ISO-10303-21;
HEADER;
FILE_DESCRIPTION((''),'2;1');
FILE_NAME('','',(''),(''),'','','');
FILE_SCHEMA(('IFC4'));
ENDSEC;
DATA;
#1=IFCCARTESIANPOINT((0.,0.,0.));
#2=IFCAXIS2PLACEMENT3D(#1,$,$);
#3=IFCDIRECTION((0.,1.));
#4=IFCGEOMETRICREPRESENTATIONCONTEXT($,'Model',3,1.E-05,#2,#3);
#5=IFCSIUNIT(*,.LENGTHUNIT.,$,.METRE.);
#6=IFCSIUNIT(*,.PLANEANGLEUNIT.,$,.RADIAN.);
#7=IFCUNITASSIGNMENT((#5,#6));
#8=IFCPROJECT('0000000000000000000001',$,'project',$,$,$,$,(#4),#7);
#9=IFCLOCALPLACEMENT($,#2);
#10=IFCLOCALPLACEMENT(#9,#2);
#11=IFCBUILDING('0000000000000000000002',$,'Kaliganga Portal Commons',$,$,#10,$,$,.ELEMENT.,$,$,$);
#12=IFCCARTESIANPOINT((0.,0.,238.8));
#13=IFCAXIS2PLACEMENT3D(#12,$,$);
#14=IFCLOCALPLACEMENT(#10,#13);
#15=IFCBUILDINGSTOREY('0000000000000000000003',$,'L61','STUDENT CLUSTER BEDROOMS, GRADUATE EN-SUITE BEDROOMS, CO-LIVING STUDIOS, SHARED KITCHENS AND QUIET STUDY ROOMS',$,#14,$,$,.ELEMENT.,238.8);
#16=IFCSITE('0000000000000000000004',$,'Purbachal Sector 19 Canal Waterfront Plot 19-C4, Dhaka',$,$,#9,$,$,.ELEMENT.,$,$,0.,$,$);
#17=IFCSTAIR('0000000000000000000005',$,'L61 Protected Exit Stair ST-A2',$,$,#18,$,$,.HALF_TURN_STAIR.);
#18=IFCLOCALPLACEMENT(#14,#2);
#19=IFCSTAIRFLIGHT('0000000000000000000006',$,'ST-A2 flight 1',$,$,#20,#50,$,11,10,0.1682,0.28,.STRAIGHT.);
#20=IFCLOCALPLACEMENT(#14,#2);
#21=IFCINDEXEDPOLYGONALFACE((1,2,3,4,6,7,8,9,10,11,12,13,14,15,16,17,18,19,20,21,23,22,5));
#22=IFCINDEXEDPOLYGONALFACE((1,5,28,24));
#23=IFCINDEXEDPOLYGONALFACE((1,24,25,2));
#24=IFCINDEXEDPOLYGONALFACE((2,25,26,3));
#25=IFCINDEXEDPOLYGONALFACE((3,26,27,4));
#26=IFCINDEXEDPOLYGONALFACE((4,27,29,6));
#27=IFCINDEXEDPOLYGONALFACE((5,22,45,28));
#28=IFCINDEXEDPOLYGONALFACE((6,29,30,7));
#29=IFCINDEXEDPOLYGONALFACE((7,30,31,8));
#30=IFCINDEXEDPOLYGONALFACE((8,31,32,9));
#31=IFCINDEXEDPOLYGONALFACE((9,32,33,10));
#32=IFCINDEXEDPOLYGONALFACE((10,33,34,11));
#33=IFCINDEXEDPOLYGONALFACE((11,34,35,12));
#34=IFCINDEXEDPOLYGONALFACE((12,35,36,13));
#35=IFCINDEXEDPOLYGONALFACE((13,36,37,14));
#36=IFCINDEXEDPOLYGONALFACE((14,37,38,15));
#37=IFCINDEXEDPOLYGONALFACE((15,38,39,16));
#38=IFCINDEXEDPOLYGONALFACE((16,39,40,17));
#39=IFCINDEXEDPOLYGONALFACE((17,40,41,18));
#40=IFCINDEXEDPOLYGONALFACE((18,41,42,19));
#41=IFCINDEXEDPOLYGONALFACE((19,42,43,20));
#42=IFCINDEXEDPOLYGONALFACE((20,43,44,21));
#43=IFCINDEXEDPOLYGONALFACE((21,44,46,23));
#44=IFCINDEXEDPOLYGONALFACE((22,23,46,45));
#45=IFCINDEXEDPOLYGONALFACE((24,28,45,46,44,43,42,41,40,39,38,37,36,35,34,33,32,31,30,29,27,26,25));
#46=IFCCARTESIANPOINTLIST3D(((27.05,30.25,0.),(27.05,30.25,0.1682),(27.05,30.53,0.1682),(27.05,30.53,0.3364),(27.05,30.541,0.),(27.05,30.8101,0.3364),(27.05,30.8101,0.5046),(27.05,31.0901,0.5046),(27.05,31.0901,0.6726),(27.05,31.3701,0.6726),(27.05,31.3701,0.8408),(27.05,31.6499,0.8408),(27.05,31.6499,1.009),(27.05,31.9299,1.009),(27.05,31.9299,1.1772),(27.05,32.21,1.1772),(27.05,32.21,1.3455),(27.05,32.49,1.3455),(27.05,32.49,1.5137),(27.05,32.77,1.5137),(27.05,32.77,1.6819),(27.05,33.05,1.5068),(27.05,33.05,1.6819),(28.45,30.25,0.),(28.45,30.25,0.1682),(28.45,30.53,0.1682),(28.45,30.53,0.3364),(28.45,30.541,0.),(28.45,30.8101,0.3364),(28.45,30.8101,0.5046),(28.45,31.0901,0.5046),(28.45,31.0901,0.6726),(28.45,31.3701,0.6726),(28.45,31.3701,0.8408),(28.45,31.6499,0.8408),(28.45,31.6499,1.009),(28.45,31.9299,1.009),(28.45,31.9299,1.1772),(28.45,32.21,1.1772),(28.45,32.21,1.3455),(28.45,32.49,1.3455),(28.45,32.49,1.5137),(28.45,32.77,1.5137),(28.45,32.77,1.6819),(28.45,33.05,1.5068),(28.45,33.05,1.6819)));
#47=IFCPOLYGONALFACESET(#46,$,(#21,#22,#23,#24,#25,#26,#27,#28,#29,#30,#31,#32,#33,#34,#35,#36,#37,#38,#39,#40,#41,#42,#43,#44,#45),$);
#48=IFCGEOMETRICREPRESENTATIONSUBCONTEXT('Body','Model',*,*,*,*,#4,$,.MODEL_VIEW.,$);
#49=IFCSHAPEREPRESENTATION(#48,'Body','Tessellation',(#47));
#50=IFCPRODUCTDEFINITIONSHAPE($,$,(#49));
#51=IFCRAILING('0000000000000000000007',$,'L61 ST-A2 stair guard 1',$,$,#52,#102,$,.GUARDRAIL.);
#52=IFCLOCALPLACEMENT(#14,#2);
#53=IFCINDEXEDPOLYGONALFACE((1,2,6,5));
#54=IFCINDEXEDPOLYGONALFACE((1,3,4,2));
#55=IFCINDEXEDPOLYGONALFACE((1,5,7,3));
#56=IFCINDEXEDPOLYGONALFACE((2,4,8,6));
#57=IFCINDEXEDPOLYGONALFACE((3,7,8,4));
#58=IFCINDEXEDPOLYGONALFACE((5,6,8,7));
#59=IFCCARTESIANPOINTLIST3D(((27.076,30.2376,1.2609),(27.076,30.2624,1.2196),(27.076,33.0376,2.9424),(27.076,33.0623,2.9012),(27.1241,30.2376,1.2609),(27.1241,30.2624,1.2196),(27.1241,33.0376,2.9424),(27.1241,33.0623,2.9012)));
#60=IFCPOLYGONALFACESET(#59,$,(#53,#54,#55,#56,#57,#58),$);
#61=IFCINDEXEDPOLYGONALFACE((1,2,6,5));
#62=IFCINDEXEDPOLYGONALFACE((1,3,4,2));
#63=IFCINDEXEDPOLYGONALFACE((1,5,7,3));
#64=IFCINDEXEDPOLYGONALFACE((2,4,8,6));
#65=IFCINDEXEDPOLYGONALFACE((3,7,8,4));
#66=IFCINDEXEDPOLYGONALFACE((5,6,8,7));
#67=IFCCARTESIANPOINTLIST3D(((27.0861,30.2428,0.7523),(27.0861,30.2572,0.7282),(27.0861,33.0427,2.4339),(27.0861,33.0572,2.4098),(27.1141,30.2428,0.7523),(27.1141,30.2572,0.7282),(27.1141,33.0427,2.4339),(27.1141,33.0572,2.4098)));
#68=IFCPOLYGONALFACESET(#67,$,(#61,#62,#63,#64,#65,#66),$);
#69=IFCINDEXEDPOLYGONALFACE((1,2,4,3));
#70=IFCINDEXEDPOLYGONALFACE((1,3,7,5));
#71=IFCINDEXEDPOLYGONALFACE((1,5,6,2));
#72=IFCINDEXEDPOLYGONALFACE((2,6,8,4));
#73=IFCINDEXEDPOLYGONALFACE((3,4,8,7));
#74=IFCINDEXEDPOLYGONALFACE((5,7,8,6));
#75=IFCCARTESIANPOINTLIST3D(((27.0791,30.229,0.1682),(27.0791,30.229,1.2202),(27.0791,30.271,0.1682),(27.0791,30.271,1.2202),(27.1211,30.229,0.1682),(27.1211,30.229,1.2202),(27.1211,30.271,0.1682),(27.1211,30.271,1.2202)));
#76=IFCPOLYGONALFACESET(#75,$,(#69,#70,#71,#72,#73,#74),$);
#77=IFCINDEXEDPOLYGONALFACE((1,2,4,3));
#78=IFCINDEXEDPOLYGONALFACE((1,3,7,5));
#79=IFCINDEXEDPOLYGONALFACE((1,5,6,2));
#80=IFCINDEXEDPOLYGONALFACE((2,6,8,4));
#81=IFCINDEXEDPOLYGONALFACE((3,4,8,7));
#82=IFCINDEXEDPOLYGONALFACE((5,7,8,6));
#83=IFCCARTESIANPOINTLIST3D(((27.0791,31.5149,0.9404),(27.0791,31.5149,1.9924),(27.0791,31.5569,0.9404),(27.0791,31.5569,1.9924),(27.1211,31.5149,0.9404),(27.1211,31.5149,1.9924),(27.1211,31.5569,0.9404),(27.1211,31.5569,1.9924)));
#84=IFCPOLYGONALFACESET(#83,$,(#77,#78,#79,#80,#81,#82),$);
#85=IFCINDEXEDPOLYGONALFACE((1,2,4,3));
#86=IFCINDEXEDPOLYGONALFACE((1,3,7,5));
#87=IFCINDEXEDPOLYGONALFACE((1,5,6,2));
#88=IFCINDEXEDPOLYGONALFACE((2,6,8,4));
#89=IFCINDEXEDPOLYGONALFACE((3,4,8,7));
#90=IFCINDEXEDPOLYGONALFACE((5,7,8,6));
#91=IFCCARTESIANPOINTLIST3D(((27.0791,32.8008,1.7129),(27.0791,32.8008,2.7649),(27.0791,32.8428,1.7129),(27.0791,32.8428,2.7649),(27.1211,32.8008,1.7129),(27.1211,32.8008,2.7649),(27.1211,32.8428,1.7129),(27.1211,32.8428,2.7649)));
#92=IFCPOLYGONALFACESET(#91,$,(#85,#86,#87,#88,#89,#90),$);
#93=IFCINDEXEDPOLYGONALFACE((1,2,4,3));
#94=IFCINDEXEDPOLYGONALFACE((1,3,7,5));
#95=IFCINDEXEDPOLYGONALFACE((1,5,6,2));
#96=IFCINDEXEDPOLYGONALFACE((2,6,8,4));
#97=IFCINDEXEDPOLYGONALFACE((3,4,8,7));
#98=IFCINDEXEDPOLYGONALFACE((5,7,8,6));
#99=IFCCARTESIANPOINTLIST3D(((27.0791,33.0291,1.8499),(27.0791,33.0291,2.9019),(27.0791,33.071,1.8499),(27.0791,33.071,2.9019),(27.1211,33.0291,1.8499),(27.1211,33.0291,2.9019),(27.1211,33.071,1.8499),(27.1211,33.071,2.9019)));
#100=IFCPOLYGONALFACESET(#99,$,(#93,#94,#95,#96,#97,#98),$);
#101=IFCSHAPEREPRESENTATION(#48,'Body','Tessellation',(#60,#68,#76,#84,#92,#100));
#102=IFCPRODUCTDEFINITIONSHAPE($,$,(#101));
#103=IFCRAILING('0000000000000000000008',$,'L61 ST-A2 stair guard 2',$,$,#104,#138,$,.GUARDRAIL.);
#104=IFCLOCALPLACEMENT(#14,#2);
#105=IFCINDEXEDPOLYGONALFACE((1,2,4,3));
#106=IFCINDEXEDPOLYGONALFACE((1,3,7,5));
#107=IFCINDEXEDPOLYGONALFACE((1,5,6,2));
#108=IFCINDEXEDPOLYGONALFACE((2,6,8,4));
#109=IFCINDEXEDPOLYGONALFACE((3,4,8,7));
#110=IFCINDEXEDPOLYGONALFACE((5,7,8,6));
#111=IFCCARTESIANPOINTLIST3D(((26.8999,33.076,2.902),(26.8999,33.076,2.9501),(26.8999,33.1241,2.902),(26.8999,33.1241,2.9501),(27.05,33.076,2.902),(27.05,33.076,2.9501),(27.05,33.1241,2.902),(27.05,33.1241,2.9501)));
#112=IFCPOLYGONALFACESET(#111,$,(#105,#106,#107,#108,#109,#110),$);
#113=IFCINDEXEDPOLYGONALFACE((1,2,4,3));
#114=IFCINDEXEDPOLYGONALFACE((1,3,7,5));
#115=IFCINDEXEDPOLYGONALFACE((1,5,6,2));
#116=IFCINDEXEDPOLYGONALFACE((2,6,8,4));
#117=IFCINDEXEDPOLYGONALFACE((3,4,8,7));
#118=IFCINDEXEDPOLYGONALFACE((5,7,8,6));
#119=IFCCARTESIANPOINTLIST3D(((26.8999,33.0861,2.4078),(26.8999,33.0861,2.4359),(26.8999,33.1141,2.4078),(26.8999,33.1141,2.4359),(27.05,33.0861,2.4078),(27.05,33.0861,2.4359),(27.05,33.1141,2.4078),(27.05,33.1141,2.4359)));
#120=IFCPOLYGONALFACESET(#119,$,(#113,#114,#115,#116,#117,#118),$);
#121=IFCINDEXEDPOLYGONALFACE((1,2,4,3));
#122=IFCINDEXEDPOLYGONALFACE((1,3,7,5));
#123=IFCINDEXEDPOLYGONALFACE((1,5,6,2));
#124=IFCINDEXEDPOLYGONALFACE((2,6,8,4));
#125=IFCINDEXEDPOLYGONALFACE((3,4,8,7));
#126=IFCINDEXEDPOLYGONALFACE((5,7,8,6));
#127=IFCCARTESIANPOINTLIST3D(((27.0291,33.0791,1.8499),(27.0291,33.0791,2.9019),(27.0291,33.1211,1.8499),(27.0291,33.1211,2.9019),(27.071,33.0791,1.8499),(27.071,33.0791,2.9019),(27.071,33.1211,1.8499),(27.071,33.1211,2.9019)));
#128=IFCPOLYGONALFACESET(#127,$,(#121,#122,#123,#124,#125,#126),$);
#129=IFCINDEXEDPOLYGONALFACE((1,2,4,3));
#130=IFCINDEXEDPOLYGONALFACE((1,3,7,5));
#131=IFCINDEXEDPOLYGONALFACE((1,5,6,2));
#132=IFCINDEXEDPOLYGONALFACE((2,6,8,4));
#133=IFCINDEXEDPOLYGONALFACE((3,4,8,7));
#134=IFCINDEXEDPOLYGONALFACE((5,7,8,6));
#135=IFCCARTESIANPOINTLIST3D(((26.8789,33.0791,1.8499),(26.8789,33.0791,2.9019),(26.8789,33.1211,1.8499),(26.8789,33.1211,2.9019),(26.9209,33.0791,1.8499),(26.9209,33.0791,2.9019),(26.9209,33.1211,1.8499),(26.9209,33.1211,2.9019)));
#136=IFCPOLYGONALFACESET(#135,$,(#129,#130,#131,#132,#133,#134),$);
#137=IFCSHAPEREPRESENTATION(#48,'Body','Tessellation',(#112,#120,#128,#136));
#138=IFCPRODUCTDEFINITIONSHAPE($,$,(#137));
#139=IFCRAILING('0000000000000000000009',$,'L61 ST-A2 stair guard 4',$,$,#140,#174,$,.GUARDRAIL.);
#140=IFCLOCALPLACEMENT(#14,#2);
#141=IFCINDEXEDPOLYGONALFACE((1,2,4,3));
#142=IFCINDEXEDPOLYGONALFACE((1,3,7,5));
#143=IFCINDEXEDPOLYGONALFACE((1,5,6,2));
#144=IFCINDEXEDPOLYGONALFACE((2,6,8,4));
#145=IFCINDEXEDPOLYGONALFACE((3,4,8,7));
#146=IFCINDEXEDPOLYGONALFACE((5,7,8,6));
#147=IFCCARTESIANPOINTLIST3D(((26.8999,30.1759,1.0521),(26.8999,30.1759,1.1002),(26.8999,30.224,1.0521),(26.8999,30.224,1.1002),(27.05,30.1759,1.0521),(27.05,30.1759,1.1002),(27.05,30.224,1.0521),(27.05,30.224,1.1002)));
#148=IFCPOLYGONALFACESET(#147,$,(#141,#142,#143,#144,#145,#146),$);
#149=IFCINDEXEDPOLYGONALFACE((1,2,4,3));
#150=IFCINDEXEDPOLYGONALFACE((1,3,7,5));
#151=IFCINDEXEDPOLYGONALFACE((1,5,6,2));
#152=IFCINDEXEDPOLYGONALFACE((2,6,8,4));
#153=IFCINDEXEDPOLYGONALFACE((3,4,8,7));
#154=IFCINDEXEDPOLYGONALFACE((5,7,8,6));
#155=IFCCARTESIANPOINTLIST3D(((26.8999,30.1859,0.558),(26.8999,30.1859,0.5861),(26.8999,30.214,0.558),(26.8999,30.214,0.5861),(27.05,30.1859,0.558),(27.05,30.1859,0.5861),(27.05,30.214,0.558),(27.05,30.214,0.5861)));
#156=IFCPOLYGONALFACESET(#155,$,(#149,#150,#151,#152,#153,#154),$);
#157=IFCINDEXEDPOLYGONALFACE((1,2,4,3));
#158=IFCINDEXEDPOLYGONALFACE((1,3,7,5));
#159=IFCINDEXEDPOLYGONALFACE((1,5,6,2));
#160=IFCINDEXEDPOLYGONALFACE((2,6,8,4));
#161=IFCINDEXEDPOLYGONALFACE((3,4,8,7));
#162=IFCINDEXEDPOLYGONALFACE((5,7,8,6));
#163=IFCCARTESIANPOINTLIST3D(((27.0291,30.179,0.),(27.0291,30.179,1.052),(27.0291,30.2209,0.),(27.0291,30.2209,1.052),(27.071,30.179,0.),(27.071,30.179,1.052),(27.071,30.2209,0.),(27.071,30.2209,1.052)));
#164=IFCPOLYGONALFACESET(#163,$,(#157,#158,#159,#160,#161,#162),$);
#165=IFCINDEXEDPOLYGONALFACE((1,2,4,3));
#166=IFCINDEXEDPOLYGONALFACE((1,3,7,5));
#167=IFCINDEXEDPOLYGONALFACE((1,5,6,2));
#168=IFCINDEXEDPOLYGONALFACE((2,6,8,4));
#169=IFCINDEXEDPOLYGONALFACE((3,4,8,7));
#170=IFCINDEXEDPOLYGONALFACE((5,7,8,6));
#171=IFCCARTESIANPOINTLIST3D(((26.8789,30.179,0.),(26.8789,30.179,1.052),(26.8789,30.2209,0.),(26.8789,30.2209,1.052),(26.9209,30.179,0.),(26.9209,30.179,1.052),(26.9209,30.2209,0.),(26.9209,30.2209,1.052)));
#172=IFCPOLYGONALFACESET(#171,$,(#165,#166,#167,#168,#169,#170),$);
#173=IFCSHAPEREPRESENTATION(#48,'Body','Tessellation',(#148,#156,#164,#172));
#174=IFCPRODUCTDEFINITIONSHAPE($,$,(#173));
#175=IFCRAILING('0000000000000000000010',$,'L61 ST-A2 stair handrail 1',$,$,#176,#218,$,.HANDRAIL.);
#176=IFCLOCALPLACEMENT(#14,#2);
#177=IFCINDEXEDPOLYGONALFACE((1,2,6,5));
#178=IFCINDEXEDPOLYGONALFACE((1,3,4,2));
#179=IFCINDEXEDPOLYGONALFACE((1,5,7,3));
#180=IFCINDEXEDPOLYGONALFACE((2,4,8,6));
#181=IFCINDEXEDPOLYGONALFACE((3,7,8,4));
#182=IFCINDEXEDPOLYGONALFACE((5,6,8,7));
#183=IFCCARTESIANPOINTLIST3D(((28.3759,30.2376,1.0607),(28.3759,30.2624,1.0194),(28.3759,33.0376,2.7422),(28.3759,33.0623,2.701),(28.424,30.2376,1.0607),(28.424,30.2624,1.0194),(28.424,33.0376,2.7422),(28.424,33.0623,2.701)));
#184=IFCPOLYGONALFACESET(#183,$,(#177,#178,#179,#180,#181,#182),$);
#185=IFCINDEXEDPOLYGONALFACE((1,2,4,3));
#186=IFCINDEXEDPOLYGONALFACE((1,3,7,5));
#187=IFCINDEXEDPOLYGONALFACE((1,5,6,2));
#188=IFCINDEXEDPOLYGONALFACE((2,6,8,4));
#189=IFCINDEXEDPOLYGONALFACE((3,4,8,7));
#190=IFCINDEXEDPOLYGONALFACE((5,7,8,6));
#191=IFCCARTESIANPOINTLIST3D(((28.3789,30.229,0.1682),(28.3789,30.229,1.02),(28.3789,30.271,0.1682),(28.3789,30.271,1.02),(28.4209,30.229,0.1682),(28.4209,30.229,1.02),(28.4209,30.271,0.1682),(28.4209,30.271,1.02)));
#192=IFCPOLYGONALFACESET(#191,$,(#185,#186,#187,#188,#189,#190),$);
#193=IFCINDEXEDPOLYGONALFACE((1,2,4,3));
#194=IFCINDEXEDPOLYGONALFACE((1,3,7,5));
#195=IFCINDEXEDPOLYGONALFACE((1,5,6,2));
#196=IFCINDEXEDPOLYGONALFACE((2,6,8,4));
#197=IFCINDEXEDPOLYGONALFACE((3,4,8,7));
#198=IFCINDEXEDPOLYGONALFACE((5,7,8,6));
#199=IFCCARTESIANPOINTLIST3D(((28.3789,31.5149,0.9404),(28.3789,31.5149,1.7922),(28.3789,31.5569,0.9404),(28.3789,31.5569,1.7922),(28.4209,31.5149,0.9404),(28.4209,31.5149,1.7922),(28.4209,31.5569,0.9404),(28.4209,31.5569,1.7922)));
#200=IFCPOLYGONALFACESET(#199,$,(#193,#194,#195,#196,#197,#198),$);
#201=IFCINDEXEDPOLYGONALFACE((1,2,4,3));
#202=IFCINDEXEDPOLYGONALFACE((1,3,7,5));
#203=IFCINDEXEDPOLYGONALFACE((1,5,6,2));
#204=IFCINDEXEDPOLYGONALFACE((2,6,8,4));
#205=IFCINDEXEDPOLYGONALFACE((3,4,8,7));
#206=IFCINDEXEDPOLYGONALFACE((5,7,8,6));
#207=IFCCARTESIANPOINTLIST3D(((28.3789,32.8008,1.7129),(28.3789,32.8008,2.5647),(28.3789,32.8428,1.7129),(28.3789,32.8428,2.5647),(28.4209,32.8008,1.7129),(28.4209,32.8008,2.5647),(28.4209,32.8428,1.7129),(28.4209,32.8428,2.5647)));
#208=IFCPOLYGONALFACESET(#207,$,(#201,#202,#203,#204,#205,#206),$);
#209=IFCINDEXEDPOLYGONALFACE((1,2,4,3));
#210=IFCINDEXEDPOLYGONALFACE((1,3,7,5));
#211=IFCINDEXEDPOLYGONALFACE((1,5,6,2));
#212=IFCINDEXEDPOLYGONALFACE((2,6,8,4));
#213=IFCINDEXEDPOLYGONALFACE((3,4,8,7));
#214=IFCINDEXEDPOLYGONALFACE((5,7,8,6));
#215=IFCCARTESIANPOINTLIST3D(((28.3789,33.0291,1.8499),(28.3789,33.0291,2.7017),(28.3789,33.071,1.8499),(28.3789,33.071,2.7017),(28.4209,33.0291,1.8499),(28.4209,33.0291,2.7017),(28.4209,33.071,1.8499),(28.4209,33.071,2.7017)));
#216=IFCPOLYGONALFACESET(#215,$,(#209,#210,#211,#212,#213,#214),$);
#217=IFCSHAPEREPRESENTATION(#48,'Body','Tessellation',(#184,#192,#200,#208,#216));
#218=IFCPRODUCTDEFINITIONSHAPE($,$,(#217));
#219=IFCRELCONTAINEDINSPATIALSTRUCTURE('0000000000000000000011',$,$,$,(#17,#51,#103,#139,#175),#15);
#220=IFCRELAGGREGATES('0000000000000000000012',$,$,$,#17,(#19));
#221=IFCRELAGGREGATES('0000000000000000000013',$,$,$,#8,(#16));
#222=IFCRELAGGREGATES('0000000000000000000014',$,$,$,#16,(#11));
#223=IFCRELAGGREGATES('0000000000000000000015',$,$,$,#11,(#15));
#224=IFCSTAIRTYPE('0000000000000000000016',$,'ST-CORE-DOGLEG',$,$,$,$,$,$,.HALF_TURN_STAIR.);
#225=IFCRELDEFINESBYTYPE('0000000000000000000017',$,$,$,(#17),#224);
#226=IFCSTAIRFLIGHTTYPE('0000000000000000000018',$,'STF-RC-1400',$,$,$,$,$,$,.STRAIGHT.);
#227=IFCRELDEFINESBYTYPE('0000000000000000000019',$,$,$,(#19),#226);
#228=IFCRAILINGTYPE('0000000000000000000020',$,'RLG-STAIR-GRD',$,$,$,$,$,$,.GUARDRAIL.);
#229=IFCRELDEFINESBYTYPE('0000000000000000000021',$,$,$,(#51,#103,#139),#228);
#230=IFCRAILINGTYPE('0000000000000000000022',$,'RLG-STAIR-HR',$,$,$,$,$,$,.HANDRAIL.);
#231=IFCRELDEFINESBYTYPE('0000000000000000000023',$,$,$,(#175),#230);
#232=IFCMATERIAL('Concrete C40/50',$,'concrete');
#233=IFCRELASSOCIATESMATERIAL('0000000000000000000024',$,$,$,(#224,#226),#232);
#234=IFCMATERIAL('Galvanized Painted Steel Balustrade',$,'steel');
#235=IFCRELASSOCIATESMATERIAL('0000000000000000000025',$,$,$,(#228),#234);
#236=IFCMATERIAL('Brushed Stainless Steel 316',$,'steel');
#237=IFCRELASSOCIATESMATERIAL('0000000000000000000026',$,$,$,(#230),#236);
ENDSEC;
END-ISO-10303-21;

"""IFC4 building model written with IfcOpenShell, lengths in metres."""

from ifc_helpers import new_model, si_unit, direction, frame, origin, origin_2d, place, context, subcontext, project, spatial, polyline, rectangle, outline, extrude, material, type_object, element, aggregate, save


model = new_model("IFC4")

# Units and contexts
model_context = context("Model", 3, precision=1e-05, world=origin(), true_north=direction((0.0, 1.0)))
body_context = subcontext(model_context, "Body", "Model", "MODEL_VIEW")
ifc_project = project(units=[si_unit("LENGTHUNIT", "METRE"), si_unit("PLANEANGLEUNIT", "RADIAN")], contexts=[model_context])

# Site, building, storey
site_placement = place(None, origin())
site = spatial("IfcSite", under=ifc_project, at=site_placement, Name="Purbachal Sector 19 Canal Waterfront Plot 19-C4, Dhaka", CompositionType="ELEMENT", RefElevation=0.0)
building_placement = place(site_placement, origin())
building = spatial("IfcBuilding", under=site, at=building_placement, Name="Kaliganga Portal Commons", CompositionType="ELEMENT")
storey_placement = place(building_placement, frame((0.0, 0.0, 238.8)))
storey = spatial("IfcBuildingStorey", under=building, at=storey_placement, Name="L61", Description="STUDENT CLUSTER BEDROOMS, GRADUATE EN-SUITE BEDROOMS, CO-LIVING STUDIOS, SHARED KITCHENS AND QUIET STUDY ROOMS", CompositionType="ELEMENT", Elevation=238.8)

# Stair, stair flight
ifc_material_1 = material(Name="Concrete C40/50", Category="concrete")
stair_type = type_object("IfcStairType", Name="ST-CORE-DOGLEG", PredefinedType="HALF_TURN_STAIR", material=ifc_material_1)
stair_placement = place(storey_placement, origin())
stair = element("IfcStair", 1, at=stair_placement, inside=storey, type_object=stair_type, Name="L61 Protected Exit Stair ST-A2", PredefinedType="HALF_TURN_STAIR")
stair_flight_type = type_object("IfcStairFlightType", Name="STF-RC-1400", PredefinedType="STRAIGHT", material=ifc_material_1)
stair_flight_placement = place(storey_placement, frame((27.75, 30.25, 0.0), z_axis=(0.0, 0.0, 1.0), x_axis=(0.0, 1.0, 0.0)))
stair_flight = element("IfcStairFlight", 2, at=stair_flight_placement, type_object=stair_flight_type, Name="ST-A2 flight 1", NumberOfRisers=11, NumberOfTreads=10, PredefinedType="STRAIGHT", RiserHeight=0.1682, TreadLength=0.28, context=body_context, shape_type="SweptSolid", body=[
    extrude(outline(polyline([(0.0, 0.0), (0.0, 0.1682), (0.28, 0.1682), (0.28, 0.3364), (0.5601, 0.3364), (0.5601, 0.5046), (0.8401, 0.5046), (0.8401, 0.6726), (1.1201, 0.6726), (1.1201, 0.8408), (1.3999, 0.8408), (1.3999, 1.009), (1.6799, 1.009), (1.6799, 1.1772), (1.96, 1.1772), (1.96, 1.3455), (2.24, 1.3455), (2.24, 1.5137), (2.52, 1.5137), (2.52, 1.6819), (2.8, 1.6819), (2.8, 1.8501), (2.8, 1.5068), (0.291, 0.0), (0.0, 0.0)])), frame((0.0, 0.7, 0.0), z_axis=(0.0, -1.0, 0.0), x_axis=(1.0, 0.0, 0.0)), (0.0, 0.0, 1.0), 1.3999),
])
aggregate(stair, [stair_flight])

# Railings
ifc_material_2 = material(Name="Galvanized Painted Steel Balustrade", Category="steel")
railing_type_1 = type_object("IfcRailingType", Name="RLG-STAIR-GRD", PredefinedType="GUARDRAIL", material=ifc_material_2)
railing_1_placement = place(storey_placement, frame((27.1001, 30.25, 0.1682)))
element("IfcRailing", 3, at=railing_1_placement, inside=storey, type_object=railing_type_1, Name="L61 ST-A2 stair guard 1", PredefinedType="GUARDRAIL", context=body_context, shape_type="SweptSolid", body=[
    extrude(rectangle(XDim=0.0481, YDim=0.0481, at=origin_2d()), frame((0.0, 0.0, 1.072), z_axis=(0.0, 0.857275, 0.514858), x_axis=(-1.0, 0.0, 0.0)), (0.0, 0.0, 1.0), 3.2661),
    extrude(rectangle(XDim=0.0281, YDim=0.0281, at=origin_2d()), frame((0.0, 0.0, 0.572), z_axis=(0.0, 0.857275, 0.514858), x_axis=(-1.0, 0.0, 0.0)), (0.0, 0.0, 1.0), 3.2661),
    extrude(rectangle(XDim=0.042, YDim=0.042, at=origin_2d()), origin(), (0.0, 0.0, 1.0), 1.052),
    extrude(rectangle(XDim=0.042, YDim=0.042, at=origin_2d()), frame((0.0, 1.2859, 0.7722)), (0.0, 0.0, 1.0), 1.052),
    extrude(rectangle(XDim=0.042, YDim=0.042, at=origin_2d()), frame((0.0, 2.5718, 1.5447)), (0.0, 0.0, 1.0), 1.052),
    extrude(rectangle(XDim=0.042, YDim=0.042, at=origin_2d()), frame((0.0, 2.8, 1.6816)), (0.0, 0.0, 1.0), 1.052),
])
for number, where, name in (
    (4, (27.05, 33.1001, 1.8499), "L61 ST-A2 stair guard 2"),
    (5, (27.05, 30.2, 0.0), "L61 ST-A2 stair guard 4"),
):
    element("IfcRailing", number, at=place(storey_placement, frame(where)), inside=storey, type_object=railing_type_1, Name=name, PredefinedType="GUARDRAIL", context=body_context, shape_type="SweptSolid", body=[
        extrude(rectangle(XDim=0.0481, YDim=0.0481, at=origin_2d()), frame((0.0, 0.0, 1.0762), z_axis=(-1.0, 0.0, 0.0), x_axis=(0.0, -1.0, 0.0)), (0.0, 0.0, 1.0), 0.1501),
        extrude(rectangle(XDim=0.0281, YDim=0.0281, at=origin_2d()), frame((0.0, 0.0, 0.572), z_axis=(-1.0, 0.0, 0.0), x_axis=(0.0, -1.0, 0.0)), (0.0, 0.0, 1.0), 0.1501),
        extrude(rectangle(XDim=0.042, YDim=0.042, at=origin_2d()), origin(), (0.0, 0.0, 1.0), 1.052),
        extrude(rectangle(XDim=0.042, YDim=0.042, at=origin_2d()), frame((-0.1501, 0.0, 0.0)), (0.0, 0.0, 1.0), 1.052),
    ])
ifc_material_3 = material(Name="Brushed Stainless Steel 316", Category="steel")
railing_type_2 = type_object("IfcRailingType", Name="RLG-STAIR-HR", PredefinedType="HANDRAIL", material=ifc_material_3)
railing_2_placement = place(storey_placement, frame((28.3999, 30.25, 0.1682)))
element("IfcRailing", 6, at=railing_2_placement, inside=storey, type_object=railing_type_2, Name="L61 ST-A2 stair handrail 1", PredefinedType="HANDRAIL", context=body_context, shape_type="SweptSolid", body=[
    extrude(rectangle(XDim=0.0481, YDim=0.0481, at=origin_2d()), frame((0.0, 0.0, 0.8718), z_axis=(0.0, 0.857275, 0.514858), x_axis=(-1.0, 0.0, 0.0)), (0.0, 0.0, 1.0), 3.2661),
    extrude(rectangle(XDim=0.042, YDim=0.042, at=origin_2d()), origin(), (0.0, 0.0, 1.0), 0.8518),
    extrude(rectangle(XDim=0.042, YDim=0.042, at=origin_2d()), frame((0.0, 1.2859, 0.7722)), (0.0, 0.0, 1.0), 0.8518),
    extrude(rectangle(XDim=0.042, YDim=0.042, at=origin_2d()), frame((0.0, 2.5718, 1.5447)), (0.0, 0.0, 1.0), 0.8518),
    extrude(rectangle(XDim=0.042, YDim=0.042, at=origin_2d()), frame((0.0, 2.8, 1.6816)), (0.0, 0.0, 1.0), 0.8518),
])

save(model, "model.ifc")
